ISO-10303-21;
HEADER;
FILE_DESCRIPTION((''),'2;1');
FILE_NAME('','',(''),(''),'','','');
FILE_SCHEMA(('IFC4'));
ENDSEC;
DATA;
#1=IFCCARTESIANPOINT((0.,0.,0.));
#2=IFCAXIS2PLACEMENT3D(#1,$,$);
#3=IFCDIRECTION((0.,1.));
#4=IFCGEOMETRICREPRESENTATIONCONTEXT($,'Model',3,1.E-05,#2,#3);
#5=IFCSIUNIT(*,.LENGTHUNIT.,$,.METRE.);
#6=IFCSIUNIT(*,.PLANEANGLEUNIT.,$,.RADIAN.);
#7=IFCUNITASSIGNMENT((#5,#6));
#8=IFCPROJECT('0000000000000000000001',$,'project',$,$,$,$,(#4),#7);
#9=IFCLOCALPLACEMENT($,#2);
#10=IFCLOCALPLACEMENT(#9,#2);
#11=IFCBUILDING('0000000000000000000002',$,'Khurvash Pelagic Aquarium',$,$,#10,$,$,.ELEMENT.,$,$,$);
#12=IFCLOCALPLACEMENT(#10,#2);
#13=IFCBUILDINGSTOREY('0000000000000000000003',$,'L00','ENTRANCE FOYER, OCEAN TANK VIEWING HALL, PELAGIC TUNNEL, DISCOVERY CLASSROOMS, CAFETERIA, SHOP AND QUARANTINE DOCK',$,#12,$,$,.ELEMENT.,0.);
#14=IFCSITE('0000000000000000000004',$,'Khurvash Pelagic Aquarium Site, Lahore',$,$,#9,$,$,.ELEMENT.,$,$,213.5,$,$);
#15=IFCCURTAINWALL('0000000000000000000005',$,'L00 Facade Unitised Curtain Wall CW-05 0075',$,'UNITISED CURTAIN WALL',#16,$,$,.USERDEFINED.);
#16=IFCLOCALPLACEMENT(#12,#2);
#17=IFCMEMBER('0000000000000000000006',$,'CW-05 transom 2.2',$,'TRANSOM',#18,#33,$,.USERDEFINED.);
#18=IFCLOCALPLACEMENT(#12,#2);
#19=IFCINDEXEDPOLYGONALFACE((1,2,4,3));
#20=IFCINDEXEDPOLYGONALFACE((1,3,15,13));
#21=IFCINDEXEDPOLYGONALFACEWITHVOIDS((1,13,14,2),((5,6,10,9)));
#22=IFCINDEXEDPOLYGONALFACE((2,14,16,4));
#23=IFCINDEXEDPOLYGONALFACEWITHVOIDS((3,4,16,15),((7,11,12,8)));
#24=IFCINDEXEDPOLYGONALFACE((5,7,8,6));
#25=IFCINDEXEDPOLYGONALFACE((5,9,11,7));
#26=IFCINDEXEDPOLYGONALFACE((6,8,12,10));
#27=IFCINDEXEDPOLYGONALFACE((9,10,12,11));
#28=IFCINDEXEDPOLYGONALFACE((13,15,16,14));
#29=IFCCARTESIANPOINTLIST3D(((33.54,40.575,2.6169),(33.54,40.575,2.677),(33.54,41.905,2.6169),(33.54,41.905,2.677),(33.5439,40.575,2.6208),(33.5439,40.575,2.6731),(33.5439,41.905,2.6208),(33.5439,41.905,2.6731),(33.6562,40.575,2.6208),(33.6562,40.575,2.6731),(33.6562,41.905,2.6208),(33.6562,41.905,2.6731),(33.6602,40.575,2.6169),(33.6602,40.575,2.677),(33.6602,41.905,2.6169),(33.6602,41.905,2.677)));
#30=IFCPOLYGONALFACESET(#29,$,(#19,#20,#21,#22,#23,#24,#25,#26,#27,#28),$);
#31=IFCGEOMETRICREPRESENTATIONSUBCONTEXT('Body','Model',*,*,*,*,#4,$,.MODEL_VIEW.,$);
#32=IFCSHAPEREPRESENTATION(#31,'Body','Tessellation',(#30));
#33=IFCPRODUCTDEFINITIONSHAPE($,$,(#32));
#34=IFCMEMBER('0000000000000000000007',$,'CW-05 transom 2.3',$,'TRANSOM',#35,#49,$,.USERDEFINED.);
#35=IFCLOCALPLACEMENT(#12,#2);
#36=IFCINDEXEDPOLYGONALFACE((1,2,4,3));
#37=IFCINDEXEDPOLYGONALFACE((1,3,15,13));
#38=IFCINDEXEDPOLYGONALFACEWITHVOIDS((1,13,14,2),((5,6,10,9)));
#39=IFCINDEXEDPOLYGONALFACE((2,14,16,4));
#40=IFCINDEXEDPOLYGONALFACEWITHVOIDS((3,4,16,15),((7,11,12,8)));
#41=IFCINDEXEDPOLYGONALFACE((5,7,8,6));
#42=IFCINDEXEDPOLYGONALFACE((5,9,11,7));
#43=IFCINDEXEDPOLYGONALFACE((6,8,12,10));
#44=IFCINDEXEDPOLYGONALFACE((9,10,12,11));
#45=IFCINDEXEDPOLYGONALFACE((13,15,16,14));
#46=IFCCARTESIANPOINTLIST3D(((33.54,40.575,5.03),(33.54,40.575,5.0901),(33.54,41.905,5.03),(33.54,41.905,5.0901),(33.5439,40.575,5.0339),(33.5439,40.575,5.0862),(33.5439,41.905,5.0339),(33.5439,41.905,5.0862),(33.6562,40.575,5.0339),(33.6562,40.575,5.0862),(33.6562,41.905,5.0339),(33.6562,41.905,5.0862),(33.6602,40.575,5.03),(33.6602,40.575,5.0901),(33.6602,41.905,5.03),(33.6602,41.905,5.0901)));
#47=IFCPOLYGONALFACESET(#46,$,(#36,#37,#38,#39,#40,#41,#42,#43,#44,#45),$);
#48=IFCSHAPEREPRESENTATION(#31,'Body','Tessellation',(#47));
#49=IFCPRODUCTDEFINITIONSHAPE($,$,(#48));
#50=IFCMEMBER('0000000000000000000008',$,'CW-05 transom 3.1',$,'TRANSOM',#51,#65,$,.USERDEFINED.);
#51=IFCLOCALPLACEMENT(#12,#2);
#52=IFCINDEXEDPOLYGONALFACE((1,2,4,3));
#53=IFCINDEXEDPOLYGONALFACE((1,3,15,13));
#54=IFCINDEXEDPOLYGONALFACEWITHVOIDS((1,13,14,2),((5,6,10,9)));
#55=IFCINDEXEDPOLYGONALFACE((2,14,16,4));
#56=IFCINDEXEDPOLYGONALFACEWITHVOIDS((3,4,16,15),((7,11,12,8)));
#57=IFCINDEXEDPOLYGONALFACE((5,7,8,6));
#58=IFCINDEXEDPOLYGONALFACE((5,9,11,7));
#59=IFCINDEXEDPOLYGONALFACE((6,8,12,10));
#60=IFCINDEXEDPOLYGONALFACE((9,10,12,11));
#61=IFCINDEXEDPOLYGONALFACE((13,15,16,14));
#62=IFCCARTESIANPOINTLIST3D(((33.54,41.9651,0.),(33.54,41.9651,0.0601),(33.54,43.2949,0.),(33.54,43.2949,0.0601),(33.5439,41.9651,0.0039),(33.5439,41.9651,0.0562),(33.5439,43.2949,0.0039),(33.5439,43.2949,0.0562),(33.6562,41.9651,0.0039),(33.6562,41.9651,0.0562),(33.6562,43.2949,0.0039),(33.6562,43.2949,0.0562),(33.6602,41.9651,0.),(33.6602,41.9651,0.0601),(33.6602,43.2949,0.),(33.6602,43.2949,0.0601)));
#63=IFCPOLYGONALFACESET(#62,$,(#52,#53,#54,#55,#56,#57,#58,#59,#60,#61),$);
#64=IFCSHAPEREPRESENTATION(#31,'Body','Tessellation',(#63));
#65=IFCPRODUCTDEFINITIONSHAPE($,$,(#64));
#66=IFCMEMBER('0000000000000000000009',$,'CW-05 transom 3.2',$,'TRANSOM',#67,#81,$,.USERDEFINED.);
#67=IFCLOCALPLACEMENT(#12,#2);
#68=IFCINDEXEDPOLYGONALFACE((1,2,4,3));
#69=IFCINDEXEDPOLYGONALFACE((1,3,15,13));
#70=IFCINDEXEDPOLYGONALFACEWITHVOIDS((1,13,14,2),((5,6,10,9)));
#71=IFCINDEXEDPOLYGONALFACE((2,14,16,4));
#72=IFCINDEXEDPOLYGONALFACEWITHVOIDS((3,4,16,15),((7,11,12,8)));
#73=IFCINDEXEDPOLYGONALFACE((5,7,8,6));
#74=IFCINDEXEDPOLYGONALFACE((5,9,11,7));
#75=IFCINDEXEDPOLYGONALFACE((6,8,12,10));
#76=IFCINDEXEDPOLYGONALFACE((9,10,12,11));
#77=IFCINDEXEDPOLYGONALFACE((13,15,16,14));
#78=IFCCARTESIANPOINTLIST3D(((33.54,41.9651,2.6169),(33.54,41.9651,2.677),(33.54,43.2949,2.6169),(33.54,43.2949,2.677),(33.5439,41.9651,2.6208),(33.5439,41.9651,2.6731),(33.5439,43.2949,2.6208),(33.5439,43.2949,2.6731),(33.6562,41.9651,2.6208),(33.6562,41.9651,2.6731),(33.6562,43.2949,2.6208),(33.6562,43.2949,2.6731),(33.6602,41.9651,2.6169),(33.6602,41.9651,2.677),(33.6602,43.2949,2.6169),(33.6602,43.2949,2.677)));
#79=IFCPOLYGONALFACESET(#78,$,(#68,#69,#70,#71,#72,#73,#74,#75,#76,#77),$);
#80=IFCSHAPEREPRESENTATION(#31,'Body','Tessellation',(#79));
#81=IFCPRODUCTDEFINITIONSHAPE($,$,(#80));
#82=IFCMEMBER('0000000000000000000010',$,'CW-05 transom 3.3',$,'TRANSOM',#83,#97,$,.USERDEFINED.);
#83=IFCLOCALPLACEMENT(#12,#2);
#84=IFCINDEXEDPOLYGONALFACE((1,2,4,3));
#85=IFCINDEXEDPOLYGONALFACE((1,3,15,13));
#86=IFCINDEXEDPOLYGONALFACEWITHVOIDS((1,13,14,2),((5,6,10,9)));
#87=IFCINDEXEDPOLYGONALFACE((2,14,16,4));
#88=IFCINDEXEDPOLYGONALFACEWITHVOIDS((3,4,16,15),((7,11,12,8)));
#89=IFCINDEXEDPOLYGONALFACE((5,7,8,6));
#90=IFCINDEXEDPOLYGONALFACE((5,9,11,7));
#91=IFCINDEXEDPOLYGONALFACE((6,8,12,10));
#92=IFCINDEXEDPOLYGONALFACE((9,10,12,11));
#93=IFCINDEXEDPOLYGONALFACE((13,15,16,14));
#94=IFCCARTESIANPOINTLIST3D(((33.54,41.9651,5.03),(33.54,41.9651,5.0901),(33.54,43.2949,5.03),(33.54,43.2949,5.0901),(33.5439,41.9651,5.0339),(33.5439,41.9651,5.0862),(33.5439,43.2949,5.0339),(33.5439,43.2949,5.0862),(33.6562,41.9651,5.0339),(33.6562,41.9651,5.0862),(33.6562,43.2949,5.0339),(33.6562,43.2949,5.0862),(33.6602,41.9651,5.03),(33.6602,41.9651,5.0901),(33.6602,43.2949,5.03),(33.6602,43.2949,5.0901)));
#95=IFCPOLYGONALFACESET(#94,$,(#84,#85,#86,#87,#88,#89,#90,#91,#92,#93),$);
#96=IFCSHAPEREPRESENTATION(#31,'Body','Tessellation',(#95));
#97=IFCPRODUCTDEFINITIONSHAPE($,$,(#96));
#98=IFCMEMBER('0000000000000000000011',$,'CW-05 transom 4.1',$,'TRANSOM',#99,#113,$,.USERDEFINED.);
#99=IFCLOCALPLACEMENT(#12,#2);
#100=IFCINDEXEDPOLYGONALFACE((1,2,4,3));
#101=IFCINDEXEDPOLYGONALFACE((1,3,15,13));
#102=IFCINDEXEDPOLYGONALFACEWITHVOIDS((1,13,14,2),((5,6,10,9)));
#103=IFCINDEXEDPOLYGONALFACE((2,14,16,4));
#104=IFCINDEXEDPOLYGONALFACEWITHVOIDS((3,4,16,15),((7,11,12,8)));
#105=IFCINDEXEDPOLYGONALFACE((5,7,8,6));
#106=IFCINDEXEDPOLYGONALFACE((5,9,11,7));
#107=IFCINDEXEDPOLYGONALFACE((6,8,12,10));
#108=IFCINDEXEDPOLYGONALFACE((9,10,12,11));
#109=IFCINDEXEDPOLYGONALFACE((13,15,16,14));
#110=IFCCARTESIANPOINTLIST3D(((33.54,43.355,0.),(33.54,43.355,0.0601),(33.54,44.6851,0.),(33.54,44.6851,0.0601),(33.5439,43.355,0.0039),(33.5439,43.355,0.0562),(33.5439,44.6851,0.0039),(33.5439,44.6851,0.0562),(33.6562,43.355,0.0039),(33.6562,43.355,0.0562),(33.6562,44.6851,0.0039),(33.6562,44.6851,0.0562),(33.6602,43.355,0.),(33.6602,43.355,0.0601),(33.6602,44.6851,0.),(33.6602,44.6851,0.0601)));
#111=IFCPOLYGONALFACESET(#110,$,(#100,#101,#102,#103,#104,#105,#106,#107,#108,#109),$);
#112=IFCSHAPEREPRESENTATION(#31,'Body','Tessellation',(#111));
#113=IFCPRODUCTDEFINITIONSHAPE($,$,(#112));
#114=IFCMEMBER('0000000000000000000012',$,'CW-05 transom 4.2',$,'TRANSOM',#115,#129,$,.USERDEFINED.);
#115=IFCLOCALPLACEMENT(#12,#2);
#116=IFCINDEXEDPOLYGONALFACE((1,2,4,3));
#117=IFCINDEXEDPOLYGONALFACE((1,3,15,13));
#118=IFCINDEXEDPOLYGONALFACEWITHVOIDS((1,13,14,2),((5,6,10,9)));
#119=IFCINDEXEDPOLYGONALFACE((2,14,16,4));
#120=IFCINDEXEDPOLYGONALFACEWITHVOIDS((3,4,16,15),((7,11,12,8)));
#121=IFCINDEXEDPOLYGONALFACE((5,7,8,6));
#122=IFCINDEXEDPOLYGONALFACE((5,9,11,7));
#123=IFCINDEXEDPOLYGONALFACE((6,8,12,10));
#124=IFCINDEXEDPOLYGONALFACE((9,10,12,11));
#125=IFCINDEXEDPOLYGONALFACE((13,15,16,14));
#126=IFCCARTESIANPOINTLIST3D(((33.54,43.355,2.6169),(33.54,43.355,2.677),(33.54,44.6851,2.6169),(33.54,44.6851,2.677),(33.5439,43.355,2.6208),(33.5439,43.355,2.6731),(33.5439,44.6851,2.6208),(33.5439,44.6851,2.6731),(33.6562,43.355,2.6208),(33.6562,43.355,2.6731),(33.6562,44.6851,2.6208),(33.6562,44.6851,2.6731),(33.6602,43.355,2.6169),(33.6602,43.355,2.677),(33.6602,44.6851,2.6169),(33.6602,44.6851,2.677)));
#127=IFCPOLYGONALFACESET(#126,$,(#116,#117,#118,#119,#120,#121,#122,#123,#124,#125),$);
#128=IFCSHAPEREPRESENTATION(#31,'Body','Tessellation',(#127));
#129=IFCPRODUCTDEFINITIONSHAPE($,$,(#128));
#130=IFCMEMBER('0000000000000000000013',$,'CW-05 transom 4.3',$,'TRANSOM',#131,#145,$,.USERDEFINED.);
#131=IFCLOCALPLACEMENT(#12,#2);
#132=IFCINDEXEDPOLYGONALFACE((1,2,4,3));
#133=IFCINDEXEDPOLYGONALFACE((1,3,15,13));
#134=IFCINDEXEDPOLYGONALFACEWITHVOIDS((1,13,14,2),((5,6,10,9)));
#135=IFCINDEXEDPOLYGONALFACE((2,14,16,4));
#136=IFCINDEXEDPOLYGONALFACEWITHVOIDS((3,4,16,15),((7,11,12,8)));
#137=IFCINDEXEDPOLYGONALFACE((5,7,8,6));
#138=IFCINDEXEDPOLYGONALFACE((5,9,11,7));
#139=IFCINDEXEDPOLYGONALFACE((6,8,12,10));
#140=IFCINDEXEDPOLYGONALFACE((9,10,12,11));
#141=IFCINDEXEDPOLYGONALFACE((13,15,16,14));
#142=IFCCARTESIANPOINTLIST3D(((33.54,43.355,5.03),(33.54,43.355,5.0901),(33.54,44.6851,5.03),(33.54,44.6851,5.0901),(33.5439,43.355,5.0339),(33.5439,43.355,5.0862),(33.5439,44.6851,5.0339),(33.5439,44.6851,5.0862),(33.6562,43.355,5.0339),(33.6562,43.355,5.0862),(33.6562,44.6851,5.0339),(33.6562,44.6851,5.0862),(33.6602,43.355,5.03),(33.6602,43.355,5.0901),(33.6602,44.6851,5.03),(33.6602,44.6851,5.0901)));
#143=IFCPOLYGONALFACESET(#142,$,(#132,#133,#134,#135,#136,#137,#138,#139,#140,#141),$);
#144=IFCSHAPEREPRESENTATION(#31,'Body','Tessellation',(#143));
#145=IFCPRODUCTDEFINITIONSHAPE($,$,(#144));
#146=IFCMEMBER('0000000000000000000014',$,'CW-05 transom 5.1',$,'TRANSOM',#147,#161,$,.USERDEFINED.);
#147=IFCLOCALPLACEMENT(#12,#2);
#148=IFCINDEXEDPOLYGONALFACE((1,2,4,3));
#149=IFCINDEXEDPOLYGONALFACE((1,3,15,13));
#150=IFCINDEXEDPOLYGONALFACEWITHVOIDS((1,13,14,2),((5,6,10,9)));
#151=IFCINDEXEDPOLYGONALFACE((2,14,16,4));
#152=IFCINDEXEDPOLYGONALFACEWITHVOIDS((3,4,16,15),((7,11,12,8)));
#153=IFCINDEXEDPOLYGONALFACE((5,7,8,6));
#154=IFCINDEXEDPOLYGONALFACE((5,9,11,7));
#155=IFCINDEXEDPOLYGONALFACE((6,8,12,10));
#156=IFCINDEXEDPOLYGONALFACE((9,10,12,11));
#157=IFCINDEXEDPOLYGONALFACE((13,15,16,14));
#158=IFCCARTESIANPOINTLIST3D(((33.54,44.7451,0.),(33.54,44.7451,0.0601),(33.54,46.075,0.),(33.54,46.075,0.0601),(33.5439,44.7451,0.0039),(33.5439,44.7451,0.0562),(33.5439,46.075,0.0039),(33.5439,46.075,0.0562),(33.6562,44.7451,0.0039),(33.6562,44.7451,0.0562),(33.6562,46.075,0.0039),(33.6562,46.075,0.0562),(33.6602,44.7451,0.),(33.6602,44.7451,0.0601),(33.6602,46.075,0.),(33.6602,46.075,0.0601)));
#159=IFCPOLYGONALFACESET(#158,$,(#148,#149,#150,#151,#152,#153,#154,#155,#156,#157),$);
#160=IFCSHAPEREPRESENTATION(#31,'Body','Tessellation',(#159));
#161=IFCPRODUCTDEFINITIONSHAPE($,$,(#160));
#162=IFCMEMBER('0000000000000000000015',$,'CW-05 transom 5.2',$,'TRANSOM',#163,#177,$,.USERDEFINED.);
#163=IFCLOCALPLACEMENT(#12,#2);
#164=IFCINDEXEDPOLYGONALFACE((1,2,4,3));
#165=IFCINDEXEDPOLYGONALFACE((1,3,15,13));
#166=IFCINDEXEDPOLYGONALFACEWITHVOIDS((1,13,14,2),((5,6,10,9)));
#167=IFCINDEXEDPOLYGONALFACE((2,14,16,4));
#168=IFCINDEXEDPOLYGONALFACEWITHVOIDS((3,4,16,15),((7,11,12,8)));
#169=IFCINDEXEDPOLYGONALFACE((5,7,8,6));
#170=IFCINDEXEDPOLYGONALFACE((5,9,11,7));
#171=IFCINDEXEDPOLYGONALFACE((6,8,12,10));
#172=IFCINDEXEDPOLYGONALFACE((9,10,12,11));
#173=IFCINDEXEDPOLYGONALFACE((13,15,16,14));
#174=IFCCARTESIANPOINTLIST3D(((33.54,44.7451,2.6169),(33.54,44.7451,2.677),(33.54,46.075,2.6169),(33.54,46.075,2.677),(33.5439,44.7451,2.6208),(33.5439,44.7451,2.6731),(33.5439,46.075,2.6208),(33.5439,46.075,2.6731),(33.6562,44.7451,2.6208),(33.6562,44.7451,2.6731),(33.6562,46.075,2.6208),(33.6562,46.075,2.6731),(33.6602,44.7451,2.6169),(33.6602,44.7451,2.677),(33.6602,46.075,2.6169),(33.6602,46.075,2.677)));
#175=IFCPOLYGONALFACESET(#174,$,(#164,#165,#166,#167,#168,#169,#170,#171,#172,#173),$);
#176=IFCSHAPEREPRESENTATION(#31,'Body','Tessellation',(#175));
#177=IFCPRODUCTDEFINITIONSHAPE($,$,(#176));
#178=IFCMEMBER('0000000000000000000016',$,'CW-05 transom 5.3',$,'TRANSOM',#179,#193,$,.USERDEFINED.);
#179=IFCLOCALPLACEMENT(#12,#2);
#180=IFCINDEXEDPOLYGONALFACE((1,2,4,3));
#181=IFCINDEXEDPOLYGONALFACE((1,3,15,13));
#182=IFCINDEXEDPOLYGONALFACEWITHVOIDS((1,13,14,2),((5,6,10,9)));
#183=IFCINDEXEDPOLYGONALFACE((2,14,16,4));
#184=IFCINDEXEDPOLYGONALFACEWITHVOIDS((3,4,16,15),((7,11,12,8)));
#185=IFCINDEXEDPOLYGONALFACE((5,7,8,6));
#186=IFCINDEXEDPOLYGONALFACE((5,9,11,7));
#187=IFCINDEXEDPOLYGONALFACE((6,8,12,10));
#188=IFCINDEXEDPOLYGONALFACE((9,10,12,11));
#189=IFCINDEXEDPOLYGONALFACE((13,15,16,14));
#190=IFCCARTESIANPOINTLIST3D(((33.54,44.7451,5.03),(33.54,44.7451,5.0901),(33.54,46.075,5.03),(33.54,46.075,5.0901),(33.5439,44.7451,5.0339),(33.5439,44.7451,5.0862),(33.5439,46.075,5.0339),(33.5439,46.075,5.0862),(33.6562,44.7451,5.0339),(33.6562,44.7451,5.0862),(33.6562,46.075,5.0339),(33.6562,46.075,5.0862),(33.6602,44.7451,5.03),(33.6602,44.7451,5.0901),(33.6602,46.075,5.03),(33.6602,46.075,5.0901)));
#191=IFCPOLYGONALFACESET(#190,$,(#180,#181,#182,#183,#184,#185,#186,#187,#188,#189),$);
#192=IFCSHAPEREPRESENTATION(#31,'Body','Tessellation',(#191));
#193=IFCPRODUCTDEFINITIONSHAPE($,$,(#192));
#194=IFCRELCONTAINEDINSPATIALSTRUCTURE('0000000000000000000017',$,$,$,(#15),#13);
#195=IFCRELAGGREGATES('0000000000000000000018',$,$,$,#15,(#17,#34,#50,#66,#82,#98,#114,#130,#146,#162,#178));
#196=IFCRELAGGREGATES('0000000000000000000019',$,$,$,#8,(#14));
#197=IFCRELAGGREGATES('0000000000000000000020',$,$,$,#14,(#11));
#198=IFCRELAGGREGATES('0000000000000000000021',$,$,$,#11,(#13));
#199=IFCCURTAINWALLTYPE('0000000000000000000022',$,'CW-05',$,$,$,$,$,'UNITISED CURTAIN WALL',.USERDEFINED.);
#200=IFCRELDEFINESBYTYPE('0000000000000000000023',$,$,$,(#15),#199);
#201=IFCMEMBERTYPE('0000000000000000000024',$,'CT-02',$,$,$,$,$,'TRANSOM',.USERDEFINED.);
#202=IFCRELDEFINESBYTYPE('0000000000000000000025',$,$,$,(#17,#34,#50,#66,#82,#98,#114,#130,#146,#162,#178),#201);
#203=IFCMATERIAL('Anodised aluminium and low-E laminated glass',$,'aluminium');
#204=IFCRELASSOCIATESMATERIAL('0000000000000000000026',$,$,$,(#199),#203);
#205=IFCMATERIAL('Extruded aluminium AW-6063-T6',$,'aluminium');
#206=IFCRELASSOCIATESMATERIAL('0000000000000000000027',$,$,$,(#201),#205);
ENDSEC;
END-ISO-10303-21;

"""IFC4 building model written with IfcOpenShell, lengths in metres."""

from ifc_helpers import new_model, si_unit, direction, frame, origin, origin_2d, place, context, subcontext, project, spatial, hollow_rectangle, extrude, material, material_profile, profile_set, type_object, element, aggregate, save


model = new_model("IFC4")

# Units and contexts
model_context = context("Model", 3, precision=1e-05, world=origin(), true_north=direction((0.0, 1.0)))
body_context = subcontext(model_context, "Body", "Model", "MODEL_VIEW")
ifc_project = project(units=[si_unit("LENGTHUNIT", "METRE"), si_unit("PLANEANGLEUNIT", "RADIAN")], contexts=[model_context])

# Site, building, storey
site_placement = place(None, origin())
site = spatial("IfcSite", under=ifc_project, at=site_placement, Name="Khurvash Pelagic Aquarium Site, Lahore", CompositionType="ELEMENT", RefElevation=213.5)
building_placement = place(site_placement, origin())
building = spatial("IfcBuilding", under=site, at=building_placement, Name="Khurvash Pelagic Aquarium", CompositionType="ELEMENT")
storey_placement = place(building_placement, origin())
storey = spatial("IfcBuildingStorey", under=building, at=storey_placement, Name="L00", Description="ENTRANCE FOYER, OCEAN TANK VIEWING HALL, PELAGIC TUNNEL, DISCOVERY CLASSROOMS, CAFETERIA, SHOP AND QUARANTINE DOCK", CompositionType="ELEMENT", Elevation=0.0)

# Curtain wall
ifc_material_1 = material(Name="Anodised aluminium and low-E laminated glass", Category="aluminium")
curtain_wall_type_1 = type_object("IfcCurtainWallType", Name="CW-05", ElementType="UNITISED CURTAIN WALL", PredefinedType="USERDEFINED", material=ifc_material_1)
curtain_wall_1_placement = place(storey_placement, origin())
curtain_wall_1 = element("IfcCurtainWall", 1, at=curtain_wall_1_placement, inside=storey, type_object=curtain_wall_type_1, Name="L00 Facade Unitised Curtain Wall CW-05 0075", ObjectType="UNITISED CURTAIN WALL", PredefinedType="USERDEFINED")
ifc_material_2 = material(Name="Extruded aluminium AW-6063-T6", Category="aluminium")

# Members
ifc_material_profile_1 = material_profile(ifc_material_2, hollow_rectangle(XDim=0.1201, YDim=0.0601, WallThickness=0.0039, at=origin_2d()), Name="CWT120X60X4")
ifc_profile_set_1 = profile_set([ifc_material_profile_1], Name="Extruded aluminium AW-6063-T6")
member_type_1 = type_object("IfcMemberType", Name="CT-02", ElementType="TRANSOM", PredefinedType="USERDEFINED", material=ifc_profile_set_1)
member_1_placement = place(storey_placement, frame((33.6001, 40.575, 2.647), z_axis=(0.0, 1.0, 0.0), x_axis=(-1.0, 0.0, 0.0)))
member_1 = element("IfcMember", 2, at=member_1_placement, type_object=member_type_1, Name="CW-05 transom 2.2", ObjectType="TRANSOM", PredefinedType="USERDEFINED", context=body_context, shape_type="SweptSolid", body=[
    extrude(hollow_rectangle(XDim=0.1201, YDim=0.0601, WallThickness=0.0039, at=origin_2d()), origin(), (0.0, 0.0, 1.0), 1.3301),
])
member_2_placement = place(storey_placement, frame((33.6001, 40.575, 5.0601), z_axis=(0.0, 1.0, 0.0), x_axis=(-1.0, 0.0, 0.0)))
member_2 = element("IfcMember", 3, at=member_2_placement, type_object=member_type_1, Name="CW-05 transom 2.3", ObjectType="TRANSOM", PredefinedType="USERDEFINED", context=body_context, shape_type="SweptSolid", body=[
    extrude(hollow_rectangle(XDim=0.1201, YDim=0.0601, WallThickness=0.0039, at=origin_2d()), origin(), (0.0, 0.0, 1.0), 1.3301),
])
member_3_placement = place(storey_placement, frame((33.6001, 41.9651, 0.03), z_axis=(0.0, 1.0, 0.0), x_axis=(-1.0, 0.0, 0.0)))
member_3 = element("IfcMember", 4, at=member_3_placement, type_object=member_type_1, Name="CW-05 transom 3.1", ObjectType="TRANSOM", PredefinedType="USERDEFINED", context=body_context, shape_type="SweptSolid", body=[
    extrude(hollow_rectangle(XDim=0.1201, YDim=0.0601, WallThickness=0.0039, at=origin_2d()), origin(), (0.0, 0.0, 1.0), 1.3298),
])
member_4_placement = place(storey_placement, frame((33.6001, 41.9651, 2.647), z_axis=(0.0, 1.0, 0.0), x_axis=(-1.0, 0.0, 0.0)))
member_4 = element("IfcMember", 5, at=member_4_placement, type_object=member_type_1, Name="CW-05 transom 3.2", ObjectType="TRANSOM", PredefinedType="USERDEFINED", context=body_context, shape_type="SweptSolid", body=[
    extrude(hollow_rectangle(XDim=0.1201, YDim=0.0601, WallThickness=0.0039, at=origin_2d()), origin(), (0.0, 0.0, 1.0), 1.3298),
])
member_5_placement = place(storey_placement, frame((33.6001, 41.9651, 5.0601), z_axis=(0.0, 1.0, 0.0), x_axis=(-1.0, 0.0, 0.0)))
member_5 = element("IfcMember", 6, at=member_5_placement, type_object=member_type_1, Name="CW-05 transom 3.3", ObjectType="TRANSOM", PredefinedType="USERDEFINED", context=body_context, shape_type="SweptSolid", body=[
    extrude(hollow_rectangle(XDim=0.1201, YDim=0.0601, WallThickness=0.0039, at=origin_2d()), origin(), (0.0, 0.0, 1.0), 1.3298),
])
member_6_placement = place(storey_placement, frame((33.6001, 43.355, 0.03), z_axis=(0.0, 1.0, 0.0), x_axis=(-1.0, 0.0, 0.0)))
member_6 = element("IfcMember", 7, at=member_6_placement, type_object=member_type_1, Name="CW-05 transom 4.1", ObjectType="TRANSOM", PredefinedType="USERDEFINED", context=body_context, shape_type="SweptSolid", body=[
    extrude(hollow_rectangle(XDim=0.1201, YDim=0.0601, WallThickness=0.0039, at=origin_2d()), origin(), (0.0, 0.0, 1.0), 1.3301),
])
member_7_placement = place(storey_placement, frame((33.6001, 43.355, 2.647), z_axis=(0.0, 1.0, 0.0), x_axis=(-1.0, 0.0, 0.0)))
member_7 = element("IfcMember", 8, at=member_7_placement, type_object=member_type_1, Name="CW-05 transom 4.2", ObjectType="TRANSOM", PredefinedType="USERDEFINED", context=body_context, shape_type="SweptSolid", body=[
    extrude(hollow_rectangle(XDim=0.1201, YDim=0.0601, WallThickness=0.0039, at=origin_2d()), origin(), (0.0, 0.0, 1.0), 1.3301),
])
member_8_placement = place(storey_placement, frame((33.6001, 43.355, 5.0601), z_axis=(0.0, 1.0, 0.0), x_axis=(-1.0, 0.0, 0.0)))
member_8 = element("IfcMember", 9, at=member_8_placement, type_object=member_type_1, Name="CW-05 transom 4.3", ObjectType="TRANSOM", PredefinedType="USERDEFINED", context=body_context, shape_type="SweptSolid", body=[
    extrude(hollow_rectangle(XDim=0.1201, YDim=0.0601, WallThickness=0.0039, at=origin_2d()), origin(), (0.0, 0.0, 1.0), 1.3301),
])
member_9_placement = place(storey_placement, frame((33.6001, 44.7451, 0.03), z_axis=(0.0, 1.0, 0.0), x_axis=(-1.0, 0.0, 0.0)))
member_9 = element("IfcMember", 10, at=member_9_placement, type_object=member_type_1, Name="CW-05 transom 5.1", ObjectType="TRANSOM", PredefinedType="USERDEFINED", context=body_context, shape_type="SweptSolid", body=[
    extrude(hollow_rectangle(XDim=0.1201, YDim=0.0601, WallThickness=0.0039, at=origin_2d()), origin(), (0.0, 0.0, 1.0), 1.3298),
])
member_10_placement = place(storey_placement, frame((33.6001, 44.7451, 2.647), z_axis=(0.0, 1.0, 0.0), x_axis=(-1.0, 0.0, 0.0)))
member_10 = element("IfcMember", 11, at=member_10_placement, type_object=member_type_1, Name="CW-05 transom 5.2", ObjectType="TRANSOM", PredefinedType="USERDEFINED", context=body_context, shape_type="SweptSolid", body=[
    extrude(hollow_rectangle(XDim=0.1201, YDim=0.0601, WallThickness=0.0039, at=origin_2d()), origin(), (0.0, 0.0, 1.0), 1.3298),
])
member_11_placement = place(storey_placement, frame((33.6001, 44.7451, 5.0601), z_axis=(0.0, 1.0, 0.0), x_axis=(-1.0, 0.0, 0.0)))
member_11 = element("IfcMember", 12, at=member_11_placement, type_object=member_type_1, Name="CW-05 transom 5.3", ObjectType="TRANSOM", PredefinedType="USERDEFINED", context=body_context, shape_type="SweptSolid", body=[
    extrude(hollow_rectangle(XDim=0.1201, YDim=0.0601, WallThickness=0.0039, at=origin_2d()), origin(), (0.0, 0.0, 1.0), 1.3298),
])

aggregate(curtain_wall_1, [member_1, member_2, member_3, member_4, member_5, member_6, member_7, member_8, member_9, member_10, member_11])

save(model, "model.ifc")
